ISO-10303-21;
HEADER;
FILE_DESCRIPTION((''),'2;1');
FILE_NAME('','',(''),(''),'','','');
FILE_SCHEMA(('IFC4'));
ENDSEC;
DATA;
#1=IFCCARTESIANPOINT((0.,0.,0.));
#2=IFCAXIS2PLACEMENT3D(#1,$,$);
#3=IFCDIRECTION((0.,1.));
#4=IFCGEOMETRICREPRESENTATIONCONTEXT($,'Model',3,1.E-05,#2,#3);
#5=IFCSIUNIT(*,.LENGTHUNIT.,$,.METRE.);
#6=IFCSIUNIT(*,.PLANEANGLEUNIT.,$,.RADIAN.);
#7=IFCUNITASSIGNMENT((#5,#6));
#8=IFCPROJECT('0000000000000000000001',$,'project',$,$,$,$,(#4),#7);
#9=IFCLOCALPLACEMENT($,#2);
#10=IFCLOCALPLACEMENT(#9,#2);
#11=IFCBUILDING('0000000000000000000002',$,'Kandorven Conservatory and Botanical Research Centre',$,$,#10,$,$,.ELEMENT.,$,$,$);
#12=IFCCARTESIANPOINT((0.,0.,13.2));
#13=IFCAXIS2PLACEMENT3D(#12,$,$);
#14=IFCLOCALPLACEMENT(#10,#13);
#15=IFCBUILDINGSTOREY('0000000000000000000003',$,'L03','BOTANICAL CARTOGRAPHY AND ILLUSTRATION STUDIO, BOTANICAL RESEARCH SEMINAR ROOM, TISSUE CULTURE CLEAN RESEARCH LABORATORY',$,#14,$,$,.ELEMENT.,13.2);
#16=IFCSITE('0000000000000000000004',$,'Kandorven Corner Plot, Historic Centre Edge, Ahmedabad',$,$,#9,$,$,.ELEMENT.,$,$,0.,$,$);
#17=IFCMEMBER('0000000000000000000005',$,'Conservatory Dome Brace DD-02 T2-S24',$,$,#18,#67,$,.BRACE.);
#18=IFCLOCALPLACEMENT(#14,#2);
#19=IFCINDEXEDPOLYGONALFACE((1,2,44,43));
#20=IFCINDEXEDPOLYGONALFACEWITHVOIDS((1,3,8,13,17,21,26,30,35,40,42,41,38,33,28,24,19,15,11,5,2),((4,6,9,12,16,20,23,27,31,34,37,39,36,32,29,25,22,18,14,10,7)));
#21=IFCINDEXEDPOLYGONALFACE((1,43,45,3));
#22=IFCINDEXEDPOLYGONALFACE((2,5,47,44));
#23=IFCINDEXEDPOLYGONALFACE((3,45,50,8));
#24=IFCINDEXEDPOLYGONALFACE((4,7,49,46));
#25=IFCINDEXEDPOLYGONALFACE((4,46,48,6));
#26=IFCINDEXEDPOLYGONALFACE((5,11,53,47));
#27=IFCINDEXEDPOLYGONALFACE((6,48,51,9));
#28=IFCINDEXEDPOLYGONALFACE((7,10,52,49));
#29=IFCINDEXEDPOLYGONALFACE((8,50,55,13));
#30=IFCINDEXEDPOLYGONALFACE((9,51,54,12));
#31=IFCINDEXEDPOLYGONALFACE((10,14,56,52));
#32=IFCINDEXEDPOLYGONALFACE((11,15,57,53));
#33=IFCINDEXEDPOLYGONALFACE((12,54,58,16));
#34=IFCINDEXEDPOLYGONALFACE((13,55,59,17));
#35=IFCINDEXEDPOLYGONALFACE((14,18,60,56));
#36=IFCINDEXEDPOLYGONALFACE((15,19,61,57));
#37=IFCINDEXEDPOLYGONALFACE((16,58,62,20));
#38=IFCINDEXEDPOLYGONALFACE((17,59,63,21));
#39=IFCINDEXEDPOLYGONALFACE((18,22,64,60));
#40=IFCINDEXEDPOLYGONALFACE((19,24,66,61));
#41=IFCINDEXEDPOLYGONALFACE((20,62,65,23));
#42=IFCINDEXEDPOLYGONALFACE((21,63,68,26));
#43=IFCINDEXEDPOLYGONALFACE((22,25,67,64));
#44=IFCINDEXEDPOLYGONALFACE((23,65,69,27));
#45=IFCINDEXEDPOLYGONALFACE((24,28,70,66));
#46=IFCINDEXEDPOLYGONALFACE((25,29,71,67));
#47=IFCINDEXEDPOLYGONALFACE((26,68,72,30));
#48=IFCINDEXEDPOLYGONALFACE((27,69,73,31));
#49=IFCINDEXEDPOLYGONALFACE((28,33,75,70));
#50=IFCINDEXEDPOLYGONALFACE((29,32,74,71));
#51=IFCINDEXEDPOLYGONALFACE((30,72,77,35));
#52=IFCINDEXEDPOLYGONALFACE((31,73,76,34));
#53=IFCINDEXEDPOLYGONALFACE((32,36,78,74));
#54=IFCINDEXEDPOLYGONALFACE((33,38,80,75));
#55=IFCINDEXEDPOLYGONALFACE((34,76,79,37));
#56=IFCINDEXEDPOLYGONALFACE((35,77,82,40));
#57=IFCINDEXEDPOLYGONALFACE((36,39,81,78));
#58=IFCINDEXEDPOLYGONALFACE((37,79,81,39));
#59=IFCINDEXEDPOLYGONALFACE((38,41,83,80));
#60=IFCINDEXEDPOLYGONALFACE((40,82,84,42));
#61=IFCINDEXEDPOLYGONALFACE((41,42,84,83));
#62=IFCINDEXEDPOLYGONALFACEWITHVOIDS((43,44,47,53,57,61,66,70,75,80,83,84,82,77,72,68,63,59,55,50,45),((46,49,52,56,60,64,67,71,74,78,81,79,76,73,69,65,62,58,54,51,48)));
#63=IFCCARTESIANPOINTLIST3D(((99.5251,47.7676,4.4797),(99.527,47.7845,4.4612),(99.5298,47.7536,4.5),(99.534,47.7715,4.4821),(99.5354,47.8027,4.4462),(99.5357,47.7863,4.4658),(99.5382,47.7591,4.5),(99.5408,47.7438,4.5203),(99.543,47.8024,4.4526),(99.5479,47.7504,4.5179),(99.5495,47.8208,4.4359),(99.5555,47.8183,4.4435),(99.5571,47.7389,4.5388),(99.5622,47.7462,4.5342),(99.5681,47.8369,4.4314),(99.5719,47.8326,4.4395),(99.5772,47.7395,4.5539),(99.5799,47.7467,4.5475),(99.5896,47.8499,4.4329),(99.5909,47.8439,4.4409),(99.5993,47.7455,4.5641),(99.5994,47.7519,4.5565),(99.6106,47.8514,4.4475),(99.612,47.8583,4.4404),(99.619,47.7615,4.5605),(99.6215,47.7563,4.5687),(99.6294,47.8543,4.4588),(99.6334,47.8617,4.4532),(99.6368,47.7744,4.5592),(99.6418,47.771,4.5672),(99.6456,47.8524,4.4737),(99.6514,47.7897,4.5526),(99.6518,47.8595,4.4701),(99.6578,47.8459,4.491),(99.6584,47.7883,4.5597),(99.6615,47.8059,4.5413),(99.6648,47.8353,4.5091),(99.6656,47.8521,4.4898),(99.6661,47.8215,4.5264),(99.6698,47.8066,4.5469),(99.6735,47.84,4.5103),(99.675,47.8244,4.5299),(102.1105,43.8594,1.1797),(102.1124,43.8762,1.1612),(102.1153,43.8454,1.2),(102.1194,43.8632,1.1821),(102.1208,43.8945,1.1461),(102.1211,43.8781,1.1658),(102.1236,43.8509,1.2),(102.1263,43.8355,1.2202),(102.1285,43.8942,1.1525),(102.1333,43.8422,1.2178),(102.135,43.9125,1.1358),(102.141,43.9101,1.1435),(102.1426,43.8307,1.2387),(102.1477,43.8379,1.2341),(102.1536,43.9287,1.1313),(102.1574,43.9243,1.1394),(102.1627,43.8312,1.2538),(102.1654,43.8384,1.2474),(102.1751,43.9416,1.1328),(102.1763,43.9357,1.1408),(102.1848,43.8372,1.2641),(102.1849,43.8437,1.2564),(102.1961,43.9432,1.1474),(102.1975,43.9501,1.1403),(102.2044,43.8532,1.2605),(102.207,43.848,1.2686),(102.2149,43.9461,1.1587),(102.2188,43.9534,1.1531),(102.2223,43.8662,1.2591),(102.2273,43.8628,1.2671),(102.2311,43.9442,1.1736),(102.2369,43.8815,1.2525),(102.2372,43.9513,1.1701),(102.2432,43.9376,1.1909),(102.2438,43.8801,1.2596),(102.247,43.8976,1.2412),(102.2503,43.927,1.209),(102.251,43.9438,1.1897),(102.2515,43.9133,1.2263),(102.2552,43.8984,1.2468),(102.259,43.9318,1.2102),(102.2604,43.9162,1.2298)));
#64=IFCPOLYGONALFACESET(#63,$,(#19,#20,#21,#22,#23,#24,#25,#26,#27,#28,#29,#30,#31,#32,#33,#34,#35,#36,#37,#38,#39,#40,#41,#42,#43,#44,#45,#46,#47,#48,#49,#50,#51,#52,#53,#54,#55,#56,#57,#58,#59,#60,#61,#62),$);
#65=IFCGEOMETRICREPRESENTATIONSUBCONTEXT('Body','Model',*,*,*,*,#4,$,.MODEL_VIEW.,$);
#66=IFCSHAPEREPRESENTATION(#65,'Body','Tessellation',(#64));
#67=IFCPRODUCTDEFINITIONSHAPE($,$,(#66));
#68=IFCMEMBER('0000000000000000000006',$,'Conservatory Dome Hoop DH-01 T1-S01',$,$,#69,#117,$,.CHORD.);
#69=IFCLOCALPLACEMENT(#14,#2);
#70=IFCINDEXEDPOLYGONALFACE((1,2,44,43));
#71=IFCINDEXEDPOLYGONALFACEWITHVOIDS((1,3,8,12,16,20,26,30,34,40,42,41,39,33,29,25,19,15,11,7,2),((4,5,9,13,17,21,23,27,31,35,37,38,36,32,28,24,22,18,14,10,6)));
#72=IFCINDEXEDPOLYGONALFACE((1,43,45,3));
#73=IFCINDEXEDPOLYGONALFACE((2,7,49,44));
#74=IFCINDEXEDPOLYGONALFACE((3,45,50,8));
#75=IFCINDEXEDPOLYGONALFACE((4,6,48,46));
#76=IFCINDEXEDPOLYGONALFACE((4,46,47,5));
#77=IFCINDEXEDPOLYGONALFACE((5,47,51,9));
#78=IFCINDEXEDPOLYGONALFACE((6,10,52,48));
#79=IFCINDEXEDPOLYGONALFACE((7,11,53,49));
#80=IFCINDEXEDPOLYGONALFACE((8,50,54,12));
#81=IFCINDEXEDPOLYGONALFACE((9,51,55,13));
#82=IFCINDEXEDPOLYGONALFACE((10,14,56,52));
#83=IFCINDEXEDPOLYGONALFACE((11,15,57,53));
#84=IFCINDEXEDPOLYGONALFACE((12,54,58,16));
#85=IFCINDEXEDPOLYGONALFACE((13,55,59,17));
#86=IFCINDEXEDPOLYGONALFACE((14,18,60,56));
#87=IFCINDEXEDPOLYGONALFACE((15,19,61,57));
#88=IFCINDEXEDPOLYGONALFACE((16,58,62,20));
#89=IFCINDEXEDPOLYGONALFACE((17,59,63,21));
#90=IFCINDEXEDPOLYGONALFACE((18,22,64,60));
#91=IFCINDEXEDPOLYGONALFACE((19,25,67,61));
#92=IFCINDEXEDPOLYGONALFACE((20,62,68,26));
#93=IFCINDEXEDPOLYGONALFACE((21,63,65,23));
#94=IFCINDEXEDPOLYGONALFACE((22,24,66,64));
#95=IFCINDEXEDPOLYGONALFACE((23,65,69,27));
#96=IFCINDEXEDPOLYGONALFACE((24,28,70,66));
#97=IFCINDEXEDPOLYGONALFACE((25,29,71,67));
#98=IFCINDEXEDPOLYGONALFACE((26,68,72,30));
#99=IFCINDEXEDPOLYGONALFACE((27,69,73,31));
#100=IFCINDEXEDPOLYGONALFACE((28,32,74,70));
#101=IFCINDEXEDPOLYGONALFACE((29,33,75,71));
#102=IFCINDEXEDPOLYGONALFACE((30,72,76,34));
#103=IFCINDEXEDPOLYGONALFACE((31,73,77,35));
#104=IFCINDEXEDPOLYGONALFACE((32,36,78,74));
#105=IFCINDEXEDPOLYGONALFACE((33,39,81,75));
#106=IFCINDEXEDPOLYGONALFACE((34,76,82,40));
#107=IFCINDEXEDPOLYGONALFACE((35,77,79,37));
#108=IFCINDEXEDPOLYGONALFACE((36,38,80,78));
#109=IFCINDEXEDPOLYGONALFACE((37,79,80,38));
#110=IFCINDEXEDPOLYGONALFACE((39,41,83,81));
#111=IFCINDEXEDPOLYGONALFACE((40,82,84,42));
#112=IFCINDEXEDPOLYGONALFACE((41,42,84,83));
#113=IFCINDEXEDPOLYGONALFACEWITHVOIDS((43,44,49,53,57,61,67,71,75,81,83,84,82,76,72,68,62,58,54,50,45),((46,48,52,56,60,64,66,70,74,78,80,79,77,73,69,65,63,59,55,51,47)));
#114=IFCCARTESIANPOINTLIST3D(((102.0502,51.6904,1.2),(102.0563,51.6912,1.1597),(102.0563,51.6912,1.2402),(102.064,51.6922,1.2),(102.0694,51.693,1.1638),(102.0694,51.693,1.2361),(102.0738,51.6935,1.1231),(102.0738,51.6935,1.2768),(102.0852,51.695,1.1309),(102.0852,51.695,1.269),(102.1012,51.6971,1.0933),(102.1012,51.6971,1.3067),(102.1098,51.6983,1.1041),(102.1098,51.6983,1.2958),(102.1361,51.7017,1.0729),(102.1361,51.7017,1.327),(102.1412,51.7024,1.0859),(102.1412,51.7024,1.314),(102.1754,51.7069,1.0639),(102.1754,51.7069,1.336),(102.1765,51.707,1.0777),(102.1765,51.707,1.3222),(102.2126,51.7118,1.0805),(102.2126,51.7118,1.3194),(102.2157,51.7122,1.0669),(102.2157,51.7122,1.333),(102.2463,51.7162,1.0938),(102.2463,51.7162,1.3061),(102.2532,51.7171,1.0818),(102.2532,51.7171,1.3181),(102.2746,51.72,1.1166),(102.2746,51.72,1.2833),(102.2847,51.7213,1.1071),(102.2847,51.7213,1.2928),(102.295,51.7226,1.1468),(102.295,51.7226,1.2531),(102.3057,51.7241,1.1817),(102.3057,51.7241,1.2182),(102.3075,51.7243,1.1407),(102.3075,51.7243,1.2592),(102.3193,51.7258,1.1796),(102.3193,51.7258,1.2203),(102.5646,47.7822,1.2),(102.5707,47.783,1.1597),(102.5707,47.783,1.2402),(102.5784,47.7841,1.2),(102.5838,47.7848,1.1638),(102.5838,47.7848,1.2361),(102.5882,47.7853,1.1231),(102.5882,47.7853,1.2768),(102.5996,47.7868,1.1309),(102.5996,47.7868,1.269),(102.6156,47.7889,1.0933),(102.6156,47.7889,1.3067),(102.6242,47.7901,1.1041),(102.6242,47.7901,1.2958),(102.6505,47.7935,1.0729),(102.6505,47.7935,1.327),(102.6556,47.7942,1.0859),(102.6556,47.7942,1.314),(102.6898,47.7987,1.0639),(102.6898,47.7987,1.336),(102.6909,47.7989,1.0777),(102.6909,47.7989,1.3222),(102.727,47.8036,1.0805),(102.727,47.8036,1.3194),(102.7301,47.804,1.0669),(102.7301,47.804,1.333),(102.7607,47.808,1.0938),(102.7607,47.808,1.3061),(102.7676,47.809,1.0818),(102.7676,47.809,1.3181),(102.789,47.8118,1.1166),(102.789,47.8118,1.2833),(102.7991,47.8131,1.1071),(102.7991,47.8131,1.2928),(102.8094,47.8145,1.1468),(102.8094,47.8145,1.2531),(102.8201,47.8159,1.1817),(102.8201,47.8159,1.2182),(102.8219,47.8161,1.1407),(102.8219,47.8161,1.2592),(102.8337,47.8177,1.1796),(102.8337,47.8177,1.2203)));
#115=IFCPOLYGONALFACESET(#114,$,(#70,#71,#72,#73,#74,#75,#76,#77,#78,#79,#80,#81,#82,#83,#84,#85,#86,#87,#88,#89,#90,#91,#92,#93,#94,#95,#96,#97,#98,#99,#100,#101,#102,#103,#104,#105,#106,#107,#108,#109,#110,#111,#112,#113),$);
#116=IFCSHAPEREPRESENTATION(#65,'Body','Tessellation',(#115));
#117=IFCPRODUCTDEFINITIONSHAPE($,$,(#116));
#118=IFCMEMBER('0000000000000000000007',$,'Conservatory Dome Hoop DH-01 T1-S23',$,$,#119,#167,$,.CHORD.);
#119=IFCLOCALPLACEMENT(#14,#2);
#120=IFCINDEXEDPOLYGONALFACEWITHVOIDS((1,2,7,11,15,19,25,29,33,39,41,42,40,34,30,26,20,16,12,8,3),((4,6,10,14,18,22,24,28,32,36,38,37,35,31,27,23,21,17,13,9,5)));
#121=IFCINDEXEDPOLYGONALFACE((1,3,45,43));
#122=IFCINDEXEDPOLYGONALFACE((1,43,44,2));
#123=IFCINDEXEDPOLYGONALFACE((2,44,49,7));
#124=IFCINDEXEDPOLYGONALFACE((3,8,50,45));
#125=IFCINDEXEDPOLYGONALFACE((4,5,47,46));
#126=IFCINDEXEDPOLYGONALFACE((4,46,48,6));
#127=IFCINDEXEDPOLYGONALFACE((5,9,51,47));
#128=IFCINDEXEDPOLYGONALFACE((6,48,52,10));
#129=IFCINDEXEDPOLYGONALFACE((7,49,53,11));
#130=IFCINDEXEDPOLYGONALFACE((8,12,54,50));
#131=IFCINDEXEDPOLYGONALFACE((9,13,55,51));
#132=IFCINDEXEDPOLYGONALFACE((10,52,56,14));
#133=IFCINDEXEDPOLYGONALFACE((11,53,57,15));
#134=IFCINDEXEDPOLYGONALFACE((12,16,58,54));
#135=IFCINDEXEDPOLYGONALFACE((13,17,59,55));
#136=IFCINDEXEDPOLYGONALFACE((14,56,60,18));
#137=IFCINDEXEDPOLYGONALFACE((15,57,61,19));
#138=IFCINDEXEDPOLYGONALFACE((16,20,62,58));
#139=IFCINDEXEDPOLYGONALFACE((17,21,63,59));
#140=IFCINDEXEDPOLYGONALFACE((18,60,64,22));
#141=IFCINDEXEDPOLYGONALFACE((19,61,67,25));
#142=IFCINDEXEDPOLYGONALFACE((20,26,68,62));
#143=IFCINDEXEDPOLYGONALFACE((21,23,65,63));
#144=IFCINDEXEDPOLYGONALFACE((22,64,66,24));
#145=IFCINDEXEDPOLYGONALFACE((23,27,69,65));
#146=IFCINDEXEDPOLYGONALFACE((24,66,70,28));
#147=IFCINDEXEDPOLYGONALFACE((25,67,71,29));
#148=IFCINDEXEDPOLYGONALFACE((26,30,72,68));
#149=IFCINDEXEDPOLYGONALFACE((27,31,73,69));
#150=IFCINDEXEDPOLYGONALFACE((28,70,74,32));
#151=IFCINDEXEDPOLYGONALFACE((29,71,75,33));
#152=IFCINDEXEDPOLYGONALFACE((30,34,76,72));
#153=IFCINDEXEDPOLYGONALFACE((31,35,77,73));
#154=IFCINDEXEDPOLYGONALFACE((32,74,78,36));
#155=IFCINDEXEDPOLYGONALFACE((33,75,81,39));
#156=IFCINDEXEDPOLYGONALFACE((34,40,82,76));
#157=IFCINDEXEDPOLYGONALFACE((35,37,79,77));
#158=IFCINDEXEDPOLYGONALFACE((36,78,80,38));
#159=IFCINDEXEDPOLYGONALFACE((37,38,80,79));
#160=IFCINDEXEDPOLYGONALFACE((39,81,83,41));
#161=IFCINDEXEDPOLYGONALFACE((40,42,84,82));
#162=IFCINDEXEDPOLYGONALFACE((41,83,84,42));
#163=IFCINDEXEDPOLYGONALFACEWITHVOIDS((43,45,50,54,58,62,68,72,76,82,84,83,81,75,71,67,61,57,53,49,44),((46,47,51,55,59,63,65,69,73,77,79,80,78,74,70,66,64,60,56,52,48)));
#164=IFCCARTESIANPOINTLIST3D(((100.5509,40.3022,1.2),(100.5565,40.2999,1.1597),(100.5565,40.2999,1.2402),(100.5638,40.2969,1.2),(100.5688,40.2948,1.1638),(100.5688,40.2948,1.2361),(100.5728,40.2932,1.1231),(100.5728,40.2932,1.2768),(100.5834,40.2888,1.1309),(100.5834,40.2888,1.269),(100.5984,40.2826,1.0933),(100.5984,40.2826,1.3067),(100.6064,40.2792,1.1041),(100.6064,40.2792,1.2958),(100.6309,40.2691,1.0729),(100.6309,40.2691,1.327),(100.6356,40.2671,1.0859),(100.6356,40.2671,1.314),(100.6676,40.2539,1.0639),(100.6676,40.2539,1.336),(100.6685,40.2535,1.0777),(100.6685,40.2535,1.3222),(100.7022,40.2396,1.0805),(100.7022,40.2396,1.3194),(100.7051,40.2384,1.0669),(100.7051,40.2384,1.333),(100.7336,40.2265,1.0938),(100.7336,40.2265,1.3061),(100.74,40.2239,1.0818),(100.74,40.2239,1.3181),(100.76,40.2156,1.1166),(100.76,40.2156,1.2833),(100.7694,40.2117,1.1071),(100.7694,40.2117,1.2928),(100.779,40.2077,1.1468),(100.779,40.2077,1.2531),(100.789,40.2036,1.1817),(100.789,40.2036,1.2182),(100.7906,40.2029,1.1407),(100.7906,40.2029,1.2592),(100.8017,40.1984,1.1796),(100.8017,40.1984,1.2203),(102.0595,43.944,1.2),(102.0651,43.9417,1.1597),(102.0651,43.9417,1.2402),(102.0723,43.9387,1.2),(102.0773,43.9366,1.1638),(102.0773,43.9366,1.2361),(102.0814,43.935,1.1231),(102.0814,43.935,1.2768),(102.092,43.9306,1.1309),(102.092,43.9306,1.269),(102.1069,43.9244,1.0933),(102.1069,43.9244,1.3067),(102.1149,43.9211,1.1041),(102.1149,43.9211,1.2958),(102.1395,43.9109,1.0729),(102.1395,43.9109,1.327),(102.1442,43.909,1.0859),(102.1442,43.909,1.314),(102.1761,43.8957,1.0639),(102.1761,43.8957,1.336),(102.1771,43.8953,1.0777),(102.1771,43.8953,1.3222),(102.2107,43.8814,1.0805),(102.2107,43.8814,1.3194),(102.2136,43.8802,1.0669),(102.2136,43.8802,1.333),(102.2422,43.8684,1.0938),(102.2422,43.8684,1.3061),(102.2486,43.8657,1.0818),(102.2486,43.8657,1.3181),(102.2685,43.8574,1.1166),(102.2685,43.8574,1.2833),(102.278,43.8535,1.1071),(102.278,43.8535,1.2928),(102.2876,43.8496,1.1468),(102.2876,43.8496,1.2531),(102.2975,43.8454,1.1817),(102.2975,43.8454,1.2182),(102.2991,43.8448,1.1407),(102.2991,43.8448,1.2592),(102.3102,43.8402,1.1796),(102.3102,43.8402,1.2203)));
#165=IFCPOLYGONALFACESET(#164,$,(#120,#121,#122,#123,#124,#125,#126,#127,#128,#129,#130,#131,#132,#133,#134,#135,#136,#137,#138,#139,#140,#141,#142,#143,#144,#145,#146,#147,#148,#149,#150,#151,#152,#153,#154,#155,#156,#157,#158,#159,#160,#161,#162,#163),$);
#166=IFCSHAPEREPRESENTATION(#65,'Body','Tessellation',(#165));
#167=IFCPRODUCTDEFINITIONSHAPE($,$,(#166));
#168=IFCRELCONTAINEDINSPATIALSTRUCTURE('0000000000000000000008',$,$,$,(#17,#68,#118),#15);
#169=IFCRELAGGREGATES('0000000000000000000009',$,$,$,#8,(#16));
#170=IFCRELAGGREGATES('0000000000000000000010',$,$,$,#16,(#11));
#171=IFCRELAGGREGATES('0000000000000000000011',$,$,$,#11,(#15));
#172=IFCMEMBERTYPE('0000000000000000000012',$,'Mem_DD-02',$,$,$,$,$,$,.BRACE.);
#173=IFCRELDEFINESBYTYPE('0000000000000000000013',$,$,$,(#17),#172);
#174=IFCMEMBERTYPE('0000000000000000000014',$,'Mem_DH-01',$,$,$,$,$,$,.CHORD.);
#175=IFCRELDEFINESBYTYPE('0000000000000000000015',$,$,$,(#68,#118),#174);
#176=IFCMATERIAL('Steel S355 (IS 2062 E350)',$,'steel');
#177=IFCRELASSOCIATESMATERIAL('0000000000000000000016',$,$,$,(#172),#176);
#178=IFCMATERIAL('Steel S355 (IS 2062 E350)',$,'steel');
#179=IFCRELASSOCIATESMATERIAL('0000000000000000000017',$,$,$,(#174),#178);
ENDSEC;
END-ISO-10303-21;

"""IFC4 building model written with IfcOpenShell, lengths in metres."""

from ifc_helpers import new_model, si_unit, direction, frame, origin, origin_2d, place, context, subcontext, project, spatial, hollow_circle, extrude, material, material_profile, profile_set, type_object, element, save


model = new_model("IFC4")

# Units and contexts
model_context = context("Model", 3, precision=1e-05, world=origin(), true_north=direction((0.0, 1.0)))
body_context = subcontext(model_context, "Body", "Model", "MODEL_VIEW")
ifc_project = project(units=[si_unit("LENGTHUNIT", "METRE"), si_unit("PLANEANGLEUNIT", "RADIAN")], contexts=[model_context])

# Site, building, storey
site_placement = place(None, origin())
site = spatial("IfcSite", under=ifc_project, at=site_placement, Name="Kandorven Corner Plot, Historic Centre Edge, Ahmedabad", CompositionType="ELEMENT", RefElevation=0.0)
building_placement = place(site_placement, origin())
building = spatial("IfcBuilding", under=site, at=building_placement, Name="Kandorven Conservatory and Botanical Research Centre", CompositionType="ELEMENT")
storey_placement = place(building_placement, frame((0.0, 0.0, 13.2)))
storey = spatial("IfcBuildingStorey", under=building, at=storey_placement, Name="L03", Description="BOTANICAL CARTOGRAPHY AND ILLUSTRATION STUDIO, BOTANICAL RESEARCH SEMINAR ROOM, TISSUE CULTURE CLEAN RESEARCH LABORATORY", CompositionType="ELEMENT", Elevation=13.2)

# Members
ifc_material_1 = material(Name="Steel S355 (IS 2062 E350)", Category="steel")
ifc_material_profile_1 = material_profile(ifc_material_1, hollow_circle(Radius=0.0842, WallThickness=0.01, at=origin_2d()))
ifc_profile_set_1 = profile_set([ifc_material_profile_1], Name="Steel S355 (IS 2062 E350)")
member_type_1 = type_object("IfcMemberType", Name="Mem_DD-02", PredefinedType="BRACE", material=ifc_profile_set_1)
member_1_placement = place(storey_placement, frame((102.1855, 43.8918, 1.2), z_axis=(-0.451103, 0.681894, 0.575784), x_axis=(-0.834017, -0.551739, 0.0)))
element("IfcMember", 1, at=member_1_placement, inside=storey, type_object=member_type_1, Name="Conservatory Dome Brace DD-02 T2-S24", PredefinedType="BRACE", context=body_context, shape_type="SweptSolid", body=[
    extrude(hollow_circle(Radius=0.0842, WallThickness=0.01, at=origin_2d()), origin(), (0.0, 0.0, 1.0), 5.7314),
])
ifc_material_2 = material(Name="Steel S355 (IS 2062 E350)", Category="steel")
ifc_material_profile_2 = material_profile(ifc_material_2, hollow_circle(Radius=0.1365, WallThickness=0.0139, at=origin_2d()))
ifc_profile_set_2 = profile_set([ifc_material_profile_2], Name="Steel S355 (IS 2062 E350)")
member_type_2 = type_object("IfcMemberType", Name="Mem_DH-01", PredefinedType="CHORD", material=ifc_profile_set_2)
for number, where, z_axis, x_axis, name in (
    (2, (102.7, 47.8, 1.2), (-0.130496, 0.991449, 0.0), (-0.991449, -0.130496, 0.0), "Conservatory Dome Hoop DH-01 T1-S01"),
    (3, (100.677, 40.25, 1.2), (0.382693, 0.923876, 0.0), (-0.923876, 0.382693, 0.0), "Conservatory Dome Hoop DH-01 T1-S23"),
):
    element("IfcMember", number, at=place(storey_placement, frame(where, z_axis=z_axis, x_axis=x_axis)), inside=storey, type_object=member_type_2, Name=name, PredefinedType="CHORD", context=body_context, shape_type="SweptSolid", body=[
        extrude(hollow_circle(Radius=0.1365, WallThickness=0.0139, at=origin_2d()), origin(), (0.0, 0.0, 1.0), 3.9419),
    ])

save(model, "model.ifc")
